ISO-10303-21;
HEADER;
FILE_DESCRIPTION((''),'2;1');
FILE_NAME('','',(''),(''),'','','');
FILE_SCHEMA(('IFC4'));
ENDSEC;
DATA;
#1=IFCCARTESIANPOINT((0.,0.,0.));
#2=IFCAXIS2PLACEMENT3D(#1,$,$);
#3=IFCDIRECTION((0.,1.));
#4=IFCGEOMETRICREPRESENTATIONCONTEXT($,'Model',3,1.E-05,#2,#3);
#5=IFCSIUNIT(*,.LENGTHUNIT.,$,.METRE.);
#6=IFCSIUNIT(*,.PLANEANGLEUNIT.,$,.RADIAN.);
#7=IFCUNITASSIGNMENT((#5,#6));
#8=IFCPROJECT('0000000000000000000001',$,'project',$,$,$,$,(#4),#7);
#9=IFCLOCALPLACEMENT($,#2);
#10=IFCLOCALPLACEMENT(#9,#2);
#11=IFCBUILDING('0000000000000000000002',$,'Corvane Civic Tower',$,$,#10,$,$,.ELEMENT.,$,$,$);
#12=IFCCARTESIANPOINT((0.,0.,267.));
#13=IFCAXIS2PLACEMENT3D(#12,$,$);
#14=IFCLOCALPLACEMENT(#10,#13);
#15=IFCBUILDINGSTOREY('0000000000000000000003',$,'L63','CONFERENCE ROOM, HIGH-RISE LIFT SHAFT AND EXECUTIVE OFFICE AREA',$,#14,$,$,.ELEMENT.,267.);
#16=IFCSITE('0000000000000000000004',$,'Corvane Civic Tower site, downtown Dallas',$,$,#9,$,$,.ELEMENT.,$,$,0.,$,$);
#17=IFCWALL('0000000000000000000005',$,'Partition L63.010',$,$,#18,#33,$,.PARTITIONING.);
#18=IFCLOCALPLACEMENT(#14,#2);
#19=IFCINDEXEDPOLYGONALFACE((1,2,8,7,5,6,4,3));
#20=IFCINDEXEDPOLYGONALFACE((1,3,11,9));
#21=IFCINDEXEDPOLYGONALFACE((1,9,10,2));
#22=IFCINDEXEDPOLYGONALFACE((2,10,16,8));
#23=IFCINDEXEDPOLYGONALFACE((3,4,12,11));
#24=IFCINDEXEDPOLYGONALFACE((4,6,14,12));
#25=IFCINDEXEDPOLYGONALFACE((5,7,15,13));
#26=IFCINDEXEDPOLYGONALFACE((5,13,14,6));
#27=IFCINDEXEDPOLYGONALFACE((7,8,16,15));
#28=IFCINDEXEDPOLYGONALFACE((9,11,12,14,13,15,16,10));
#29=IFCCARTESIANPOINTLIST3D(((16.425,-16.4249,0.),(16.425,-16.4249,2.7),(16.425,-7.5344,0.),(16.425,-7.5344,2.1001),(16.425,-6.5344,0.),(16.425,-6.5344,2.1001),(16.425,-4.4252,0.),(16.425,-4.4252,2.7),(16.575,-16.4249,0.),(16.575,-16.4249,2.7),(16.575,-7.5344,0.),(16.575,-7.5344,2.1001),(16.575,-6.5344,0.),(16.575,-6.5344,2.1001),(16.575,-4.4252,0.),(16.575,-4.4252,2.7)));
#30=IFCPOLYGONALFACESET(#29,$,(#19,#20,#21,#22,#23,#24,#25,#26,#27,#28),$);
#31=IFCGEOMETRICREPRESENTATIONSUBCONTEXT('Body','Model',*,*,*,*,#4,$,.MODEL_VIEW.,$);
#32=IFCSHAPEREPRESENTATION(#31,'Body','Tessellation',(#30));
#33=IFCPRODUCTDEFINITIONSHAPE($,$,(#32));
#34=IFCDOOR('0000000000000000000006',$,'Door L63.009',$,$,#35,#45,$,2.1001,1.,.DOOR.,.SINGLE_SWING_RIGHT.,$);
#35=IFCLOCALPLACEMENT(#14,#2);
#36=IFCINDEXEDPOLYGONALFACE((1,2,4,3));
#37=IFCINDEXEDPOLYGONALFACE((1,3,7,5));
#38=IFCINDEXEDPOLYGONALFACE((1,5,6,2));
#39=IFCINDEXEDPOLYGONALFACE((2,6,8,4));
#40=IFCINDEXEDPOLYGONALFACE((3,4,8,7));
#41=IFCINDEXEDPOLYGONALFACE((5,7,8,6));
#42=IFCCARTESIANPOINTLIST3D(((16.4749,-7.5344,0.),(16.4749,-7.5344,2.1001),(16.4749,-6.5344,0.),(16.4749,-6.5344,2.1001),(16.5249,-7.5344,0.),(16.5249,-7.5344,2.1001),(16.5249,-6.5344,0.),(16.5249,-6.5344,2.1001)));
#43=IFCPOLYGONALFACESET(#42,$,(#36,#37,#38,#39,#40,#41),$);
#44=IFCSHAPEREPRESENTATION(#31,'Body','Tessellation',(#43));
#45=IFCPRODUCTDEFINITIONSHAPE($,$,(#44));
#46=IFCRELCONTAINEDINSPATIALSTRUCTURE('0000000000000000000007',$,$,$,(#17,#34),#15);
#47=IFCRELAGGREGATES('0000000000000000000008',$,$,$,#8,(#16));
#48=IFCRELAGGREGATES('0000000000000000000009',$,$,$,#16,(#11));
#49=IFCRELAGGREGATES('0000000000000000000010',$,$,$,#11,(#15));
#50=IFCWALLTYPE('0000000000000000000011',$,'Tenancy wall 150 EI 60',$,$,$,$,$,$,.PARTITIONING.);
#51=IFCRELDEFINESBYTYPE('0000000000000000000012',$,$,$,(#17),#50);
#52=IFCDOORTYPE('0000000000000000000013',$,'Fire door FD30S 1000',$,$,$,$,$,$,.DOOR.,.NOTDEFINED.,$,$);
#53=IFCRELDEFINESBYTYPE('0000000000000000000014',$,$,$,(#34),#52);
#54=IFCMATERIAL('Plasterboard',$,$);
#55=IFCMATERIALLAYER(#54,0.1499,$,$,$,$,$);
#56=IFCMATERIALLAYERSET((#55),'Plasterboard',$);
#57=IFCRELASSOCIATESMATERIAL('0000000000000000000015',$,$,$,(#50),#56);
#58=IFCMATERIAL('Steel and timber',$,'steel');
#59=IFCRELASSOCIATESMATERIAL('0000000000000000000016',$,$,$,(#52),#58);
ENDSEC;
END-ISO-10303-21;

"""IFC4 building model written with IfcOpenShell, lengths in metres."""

from ifc_helpers import new_model, si_unit, direction, frame, frame_2d, origin, place, context, subcontext, project, spatial, rectangle, extrude, material, layer, layer_set, type_object, element, fill, save


model = new_model("IFC4")

# Units and contexts
model_context = context("Model", 3, precision=1e-05, world=origin(), true_north=direction((0.0, 1.0)))
body_context = subcontext(model_context, "Body", "Model", "MODEL_VIEW")
ifc_project = project(units=[si_unit("LENGTHUNIT", "METRE"), si_unit("PLANEANGLEUNIT", "RADIAN")], contexts=[model_context])

# Site, building, storey
site_placement = place(None, origin())
site = spatial("IfcSite", under=ifc_project, at=site_placement, Name="Corvane Civic Tower site, downtown Dallas", CompositionType="ELEMENT", RefElevation=0.0)
building_placement = place(site_placement, origin())
building = spatial("IfcBuilding", under=site, at=building_placement, Name="Corvane Civic Tower", CompositionType="ELEMENT")
storey_placement = place(building_placement, frame((0.0, 0.0, 267.0)))
storey = spatial("IfcBuildingStorey", under=building, at=storey_placement, Name="L63", Description="CONFERENCE ROOM, HIGH-RISE LIFT SHAFT AND EXECUTIVE OFFICE AREA", CompositionType="ELEMENT", Elevation=267.0)

# Wall, opening, door
ifc_material_1 = material(Name="Plasterboard")
ifc_layer_1 = layer(ifc_material_1, 0.1499)
ifc_layer_set_1 = layer_set([ifc_layer_1], Name="Plasterboard")
wall_type_1 = type_object("IfcWallType", Name="Tenancy wall 150 EI 60", PredefinedType="PARTITIONING", material=ifc_layer_set_1)
wall_1_placement = place(storey_placement, frame((16.5, -16.425, 0.0), z_axis=(0.0, 0.0, 1.0), x_axis=(0.0, 1.0, 0.0)))
wall_1 = element("IfcWall", 1, at=wall_1_placement, inside=storey, type_object=wall_type_1, Name="Partition L63.010", PredefinedType="PARTITIONING", context=body_context, shape_type="SweptSolid", body=[
    extrude(rectangle(XDim=11.9998, YDim=0.1499, at=frame_2d((6.0, 0.0))), origin(), (0.0, 0.0, 1.0), 2.7),
])
opening_1_placement = place(wall_1_placement, frame((8.8906, 0.0, 0.0)))
opening_1 = element("IfcOpeningElement", 2, at=opening_1_placement, cuts=wall_1, PredefinedType="OPENING", context=body_context, shape_type="SweptSolid", body=[
    extrude(rectangle(XDim=1.0, YDim=2.1001, at=frame_2d((0.5, 1.05))), frame((0.0, 0.085, 0.0), z_axis=(0.0, -1.0, 0.0), x_axis=(1.0, 0.0, 0.0)), (0.0, 0.0, 1.0), 0.1699),
])
ifc_material_2 = material(Name="Steel and timber", Category="steel")
door_type_1 = type_object("IfcDoorType", Name="Fire door FD30S 1000", OperationType="NOTDEFINED", PredefinedType="DOOR", material=ifc_material_2)
door_1_placement = place(opening_1_placement, frame((1.0, 0.0, 0.0), z_axis=(0.0, 0.0, 1.0), x_axis=(-1.0, 0.0, 0.0)))
door_1 = element("IfcDoor", 3, at=door_1_placement, inside=storey, type_object=door_type_1, Name="Door L63.009", OperationType="SINGLE_SWING_RIGHT", OverallHeight=2.1001, OverallWidth=1.0, PredefinedType="DOOR", context=body_context, shape_type="SweptSolid", body=[
    extrude(rectangle(XDim=1.0, YDim=2.1001, at=frame_2d((0.5, 1.05))), frame((0.0, 0.0249, 0.0), z_axis=(0.0, -1.0, 0.0), x_axis=(1.0, 0.0, 0.0)), (0.0, 0.0, 1.0), 0.05),
])
fill(opening_1, door_1)

save(model, "model.ifc")
